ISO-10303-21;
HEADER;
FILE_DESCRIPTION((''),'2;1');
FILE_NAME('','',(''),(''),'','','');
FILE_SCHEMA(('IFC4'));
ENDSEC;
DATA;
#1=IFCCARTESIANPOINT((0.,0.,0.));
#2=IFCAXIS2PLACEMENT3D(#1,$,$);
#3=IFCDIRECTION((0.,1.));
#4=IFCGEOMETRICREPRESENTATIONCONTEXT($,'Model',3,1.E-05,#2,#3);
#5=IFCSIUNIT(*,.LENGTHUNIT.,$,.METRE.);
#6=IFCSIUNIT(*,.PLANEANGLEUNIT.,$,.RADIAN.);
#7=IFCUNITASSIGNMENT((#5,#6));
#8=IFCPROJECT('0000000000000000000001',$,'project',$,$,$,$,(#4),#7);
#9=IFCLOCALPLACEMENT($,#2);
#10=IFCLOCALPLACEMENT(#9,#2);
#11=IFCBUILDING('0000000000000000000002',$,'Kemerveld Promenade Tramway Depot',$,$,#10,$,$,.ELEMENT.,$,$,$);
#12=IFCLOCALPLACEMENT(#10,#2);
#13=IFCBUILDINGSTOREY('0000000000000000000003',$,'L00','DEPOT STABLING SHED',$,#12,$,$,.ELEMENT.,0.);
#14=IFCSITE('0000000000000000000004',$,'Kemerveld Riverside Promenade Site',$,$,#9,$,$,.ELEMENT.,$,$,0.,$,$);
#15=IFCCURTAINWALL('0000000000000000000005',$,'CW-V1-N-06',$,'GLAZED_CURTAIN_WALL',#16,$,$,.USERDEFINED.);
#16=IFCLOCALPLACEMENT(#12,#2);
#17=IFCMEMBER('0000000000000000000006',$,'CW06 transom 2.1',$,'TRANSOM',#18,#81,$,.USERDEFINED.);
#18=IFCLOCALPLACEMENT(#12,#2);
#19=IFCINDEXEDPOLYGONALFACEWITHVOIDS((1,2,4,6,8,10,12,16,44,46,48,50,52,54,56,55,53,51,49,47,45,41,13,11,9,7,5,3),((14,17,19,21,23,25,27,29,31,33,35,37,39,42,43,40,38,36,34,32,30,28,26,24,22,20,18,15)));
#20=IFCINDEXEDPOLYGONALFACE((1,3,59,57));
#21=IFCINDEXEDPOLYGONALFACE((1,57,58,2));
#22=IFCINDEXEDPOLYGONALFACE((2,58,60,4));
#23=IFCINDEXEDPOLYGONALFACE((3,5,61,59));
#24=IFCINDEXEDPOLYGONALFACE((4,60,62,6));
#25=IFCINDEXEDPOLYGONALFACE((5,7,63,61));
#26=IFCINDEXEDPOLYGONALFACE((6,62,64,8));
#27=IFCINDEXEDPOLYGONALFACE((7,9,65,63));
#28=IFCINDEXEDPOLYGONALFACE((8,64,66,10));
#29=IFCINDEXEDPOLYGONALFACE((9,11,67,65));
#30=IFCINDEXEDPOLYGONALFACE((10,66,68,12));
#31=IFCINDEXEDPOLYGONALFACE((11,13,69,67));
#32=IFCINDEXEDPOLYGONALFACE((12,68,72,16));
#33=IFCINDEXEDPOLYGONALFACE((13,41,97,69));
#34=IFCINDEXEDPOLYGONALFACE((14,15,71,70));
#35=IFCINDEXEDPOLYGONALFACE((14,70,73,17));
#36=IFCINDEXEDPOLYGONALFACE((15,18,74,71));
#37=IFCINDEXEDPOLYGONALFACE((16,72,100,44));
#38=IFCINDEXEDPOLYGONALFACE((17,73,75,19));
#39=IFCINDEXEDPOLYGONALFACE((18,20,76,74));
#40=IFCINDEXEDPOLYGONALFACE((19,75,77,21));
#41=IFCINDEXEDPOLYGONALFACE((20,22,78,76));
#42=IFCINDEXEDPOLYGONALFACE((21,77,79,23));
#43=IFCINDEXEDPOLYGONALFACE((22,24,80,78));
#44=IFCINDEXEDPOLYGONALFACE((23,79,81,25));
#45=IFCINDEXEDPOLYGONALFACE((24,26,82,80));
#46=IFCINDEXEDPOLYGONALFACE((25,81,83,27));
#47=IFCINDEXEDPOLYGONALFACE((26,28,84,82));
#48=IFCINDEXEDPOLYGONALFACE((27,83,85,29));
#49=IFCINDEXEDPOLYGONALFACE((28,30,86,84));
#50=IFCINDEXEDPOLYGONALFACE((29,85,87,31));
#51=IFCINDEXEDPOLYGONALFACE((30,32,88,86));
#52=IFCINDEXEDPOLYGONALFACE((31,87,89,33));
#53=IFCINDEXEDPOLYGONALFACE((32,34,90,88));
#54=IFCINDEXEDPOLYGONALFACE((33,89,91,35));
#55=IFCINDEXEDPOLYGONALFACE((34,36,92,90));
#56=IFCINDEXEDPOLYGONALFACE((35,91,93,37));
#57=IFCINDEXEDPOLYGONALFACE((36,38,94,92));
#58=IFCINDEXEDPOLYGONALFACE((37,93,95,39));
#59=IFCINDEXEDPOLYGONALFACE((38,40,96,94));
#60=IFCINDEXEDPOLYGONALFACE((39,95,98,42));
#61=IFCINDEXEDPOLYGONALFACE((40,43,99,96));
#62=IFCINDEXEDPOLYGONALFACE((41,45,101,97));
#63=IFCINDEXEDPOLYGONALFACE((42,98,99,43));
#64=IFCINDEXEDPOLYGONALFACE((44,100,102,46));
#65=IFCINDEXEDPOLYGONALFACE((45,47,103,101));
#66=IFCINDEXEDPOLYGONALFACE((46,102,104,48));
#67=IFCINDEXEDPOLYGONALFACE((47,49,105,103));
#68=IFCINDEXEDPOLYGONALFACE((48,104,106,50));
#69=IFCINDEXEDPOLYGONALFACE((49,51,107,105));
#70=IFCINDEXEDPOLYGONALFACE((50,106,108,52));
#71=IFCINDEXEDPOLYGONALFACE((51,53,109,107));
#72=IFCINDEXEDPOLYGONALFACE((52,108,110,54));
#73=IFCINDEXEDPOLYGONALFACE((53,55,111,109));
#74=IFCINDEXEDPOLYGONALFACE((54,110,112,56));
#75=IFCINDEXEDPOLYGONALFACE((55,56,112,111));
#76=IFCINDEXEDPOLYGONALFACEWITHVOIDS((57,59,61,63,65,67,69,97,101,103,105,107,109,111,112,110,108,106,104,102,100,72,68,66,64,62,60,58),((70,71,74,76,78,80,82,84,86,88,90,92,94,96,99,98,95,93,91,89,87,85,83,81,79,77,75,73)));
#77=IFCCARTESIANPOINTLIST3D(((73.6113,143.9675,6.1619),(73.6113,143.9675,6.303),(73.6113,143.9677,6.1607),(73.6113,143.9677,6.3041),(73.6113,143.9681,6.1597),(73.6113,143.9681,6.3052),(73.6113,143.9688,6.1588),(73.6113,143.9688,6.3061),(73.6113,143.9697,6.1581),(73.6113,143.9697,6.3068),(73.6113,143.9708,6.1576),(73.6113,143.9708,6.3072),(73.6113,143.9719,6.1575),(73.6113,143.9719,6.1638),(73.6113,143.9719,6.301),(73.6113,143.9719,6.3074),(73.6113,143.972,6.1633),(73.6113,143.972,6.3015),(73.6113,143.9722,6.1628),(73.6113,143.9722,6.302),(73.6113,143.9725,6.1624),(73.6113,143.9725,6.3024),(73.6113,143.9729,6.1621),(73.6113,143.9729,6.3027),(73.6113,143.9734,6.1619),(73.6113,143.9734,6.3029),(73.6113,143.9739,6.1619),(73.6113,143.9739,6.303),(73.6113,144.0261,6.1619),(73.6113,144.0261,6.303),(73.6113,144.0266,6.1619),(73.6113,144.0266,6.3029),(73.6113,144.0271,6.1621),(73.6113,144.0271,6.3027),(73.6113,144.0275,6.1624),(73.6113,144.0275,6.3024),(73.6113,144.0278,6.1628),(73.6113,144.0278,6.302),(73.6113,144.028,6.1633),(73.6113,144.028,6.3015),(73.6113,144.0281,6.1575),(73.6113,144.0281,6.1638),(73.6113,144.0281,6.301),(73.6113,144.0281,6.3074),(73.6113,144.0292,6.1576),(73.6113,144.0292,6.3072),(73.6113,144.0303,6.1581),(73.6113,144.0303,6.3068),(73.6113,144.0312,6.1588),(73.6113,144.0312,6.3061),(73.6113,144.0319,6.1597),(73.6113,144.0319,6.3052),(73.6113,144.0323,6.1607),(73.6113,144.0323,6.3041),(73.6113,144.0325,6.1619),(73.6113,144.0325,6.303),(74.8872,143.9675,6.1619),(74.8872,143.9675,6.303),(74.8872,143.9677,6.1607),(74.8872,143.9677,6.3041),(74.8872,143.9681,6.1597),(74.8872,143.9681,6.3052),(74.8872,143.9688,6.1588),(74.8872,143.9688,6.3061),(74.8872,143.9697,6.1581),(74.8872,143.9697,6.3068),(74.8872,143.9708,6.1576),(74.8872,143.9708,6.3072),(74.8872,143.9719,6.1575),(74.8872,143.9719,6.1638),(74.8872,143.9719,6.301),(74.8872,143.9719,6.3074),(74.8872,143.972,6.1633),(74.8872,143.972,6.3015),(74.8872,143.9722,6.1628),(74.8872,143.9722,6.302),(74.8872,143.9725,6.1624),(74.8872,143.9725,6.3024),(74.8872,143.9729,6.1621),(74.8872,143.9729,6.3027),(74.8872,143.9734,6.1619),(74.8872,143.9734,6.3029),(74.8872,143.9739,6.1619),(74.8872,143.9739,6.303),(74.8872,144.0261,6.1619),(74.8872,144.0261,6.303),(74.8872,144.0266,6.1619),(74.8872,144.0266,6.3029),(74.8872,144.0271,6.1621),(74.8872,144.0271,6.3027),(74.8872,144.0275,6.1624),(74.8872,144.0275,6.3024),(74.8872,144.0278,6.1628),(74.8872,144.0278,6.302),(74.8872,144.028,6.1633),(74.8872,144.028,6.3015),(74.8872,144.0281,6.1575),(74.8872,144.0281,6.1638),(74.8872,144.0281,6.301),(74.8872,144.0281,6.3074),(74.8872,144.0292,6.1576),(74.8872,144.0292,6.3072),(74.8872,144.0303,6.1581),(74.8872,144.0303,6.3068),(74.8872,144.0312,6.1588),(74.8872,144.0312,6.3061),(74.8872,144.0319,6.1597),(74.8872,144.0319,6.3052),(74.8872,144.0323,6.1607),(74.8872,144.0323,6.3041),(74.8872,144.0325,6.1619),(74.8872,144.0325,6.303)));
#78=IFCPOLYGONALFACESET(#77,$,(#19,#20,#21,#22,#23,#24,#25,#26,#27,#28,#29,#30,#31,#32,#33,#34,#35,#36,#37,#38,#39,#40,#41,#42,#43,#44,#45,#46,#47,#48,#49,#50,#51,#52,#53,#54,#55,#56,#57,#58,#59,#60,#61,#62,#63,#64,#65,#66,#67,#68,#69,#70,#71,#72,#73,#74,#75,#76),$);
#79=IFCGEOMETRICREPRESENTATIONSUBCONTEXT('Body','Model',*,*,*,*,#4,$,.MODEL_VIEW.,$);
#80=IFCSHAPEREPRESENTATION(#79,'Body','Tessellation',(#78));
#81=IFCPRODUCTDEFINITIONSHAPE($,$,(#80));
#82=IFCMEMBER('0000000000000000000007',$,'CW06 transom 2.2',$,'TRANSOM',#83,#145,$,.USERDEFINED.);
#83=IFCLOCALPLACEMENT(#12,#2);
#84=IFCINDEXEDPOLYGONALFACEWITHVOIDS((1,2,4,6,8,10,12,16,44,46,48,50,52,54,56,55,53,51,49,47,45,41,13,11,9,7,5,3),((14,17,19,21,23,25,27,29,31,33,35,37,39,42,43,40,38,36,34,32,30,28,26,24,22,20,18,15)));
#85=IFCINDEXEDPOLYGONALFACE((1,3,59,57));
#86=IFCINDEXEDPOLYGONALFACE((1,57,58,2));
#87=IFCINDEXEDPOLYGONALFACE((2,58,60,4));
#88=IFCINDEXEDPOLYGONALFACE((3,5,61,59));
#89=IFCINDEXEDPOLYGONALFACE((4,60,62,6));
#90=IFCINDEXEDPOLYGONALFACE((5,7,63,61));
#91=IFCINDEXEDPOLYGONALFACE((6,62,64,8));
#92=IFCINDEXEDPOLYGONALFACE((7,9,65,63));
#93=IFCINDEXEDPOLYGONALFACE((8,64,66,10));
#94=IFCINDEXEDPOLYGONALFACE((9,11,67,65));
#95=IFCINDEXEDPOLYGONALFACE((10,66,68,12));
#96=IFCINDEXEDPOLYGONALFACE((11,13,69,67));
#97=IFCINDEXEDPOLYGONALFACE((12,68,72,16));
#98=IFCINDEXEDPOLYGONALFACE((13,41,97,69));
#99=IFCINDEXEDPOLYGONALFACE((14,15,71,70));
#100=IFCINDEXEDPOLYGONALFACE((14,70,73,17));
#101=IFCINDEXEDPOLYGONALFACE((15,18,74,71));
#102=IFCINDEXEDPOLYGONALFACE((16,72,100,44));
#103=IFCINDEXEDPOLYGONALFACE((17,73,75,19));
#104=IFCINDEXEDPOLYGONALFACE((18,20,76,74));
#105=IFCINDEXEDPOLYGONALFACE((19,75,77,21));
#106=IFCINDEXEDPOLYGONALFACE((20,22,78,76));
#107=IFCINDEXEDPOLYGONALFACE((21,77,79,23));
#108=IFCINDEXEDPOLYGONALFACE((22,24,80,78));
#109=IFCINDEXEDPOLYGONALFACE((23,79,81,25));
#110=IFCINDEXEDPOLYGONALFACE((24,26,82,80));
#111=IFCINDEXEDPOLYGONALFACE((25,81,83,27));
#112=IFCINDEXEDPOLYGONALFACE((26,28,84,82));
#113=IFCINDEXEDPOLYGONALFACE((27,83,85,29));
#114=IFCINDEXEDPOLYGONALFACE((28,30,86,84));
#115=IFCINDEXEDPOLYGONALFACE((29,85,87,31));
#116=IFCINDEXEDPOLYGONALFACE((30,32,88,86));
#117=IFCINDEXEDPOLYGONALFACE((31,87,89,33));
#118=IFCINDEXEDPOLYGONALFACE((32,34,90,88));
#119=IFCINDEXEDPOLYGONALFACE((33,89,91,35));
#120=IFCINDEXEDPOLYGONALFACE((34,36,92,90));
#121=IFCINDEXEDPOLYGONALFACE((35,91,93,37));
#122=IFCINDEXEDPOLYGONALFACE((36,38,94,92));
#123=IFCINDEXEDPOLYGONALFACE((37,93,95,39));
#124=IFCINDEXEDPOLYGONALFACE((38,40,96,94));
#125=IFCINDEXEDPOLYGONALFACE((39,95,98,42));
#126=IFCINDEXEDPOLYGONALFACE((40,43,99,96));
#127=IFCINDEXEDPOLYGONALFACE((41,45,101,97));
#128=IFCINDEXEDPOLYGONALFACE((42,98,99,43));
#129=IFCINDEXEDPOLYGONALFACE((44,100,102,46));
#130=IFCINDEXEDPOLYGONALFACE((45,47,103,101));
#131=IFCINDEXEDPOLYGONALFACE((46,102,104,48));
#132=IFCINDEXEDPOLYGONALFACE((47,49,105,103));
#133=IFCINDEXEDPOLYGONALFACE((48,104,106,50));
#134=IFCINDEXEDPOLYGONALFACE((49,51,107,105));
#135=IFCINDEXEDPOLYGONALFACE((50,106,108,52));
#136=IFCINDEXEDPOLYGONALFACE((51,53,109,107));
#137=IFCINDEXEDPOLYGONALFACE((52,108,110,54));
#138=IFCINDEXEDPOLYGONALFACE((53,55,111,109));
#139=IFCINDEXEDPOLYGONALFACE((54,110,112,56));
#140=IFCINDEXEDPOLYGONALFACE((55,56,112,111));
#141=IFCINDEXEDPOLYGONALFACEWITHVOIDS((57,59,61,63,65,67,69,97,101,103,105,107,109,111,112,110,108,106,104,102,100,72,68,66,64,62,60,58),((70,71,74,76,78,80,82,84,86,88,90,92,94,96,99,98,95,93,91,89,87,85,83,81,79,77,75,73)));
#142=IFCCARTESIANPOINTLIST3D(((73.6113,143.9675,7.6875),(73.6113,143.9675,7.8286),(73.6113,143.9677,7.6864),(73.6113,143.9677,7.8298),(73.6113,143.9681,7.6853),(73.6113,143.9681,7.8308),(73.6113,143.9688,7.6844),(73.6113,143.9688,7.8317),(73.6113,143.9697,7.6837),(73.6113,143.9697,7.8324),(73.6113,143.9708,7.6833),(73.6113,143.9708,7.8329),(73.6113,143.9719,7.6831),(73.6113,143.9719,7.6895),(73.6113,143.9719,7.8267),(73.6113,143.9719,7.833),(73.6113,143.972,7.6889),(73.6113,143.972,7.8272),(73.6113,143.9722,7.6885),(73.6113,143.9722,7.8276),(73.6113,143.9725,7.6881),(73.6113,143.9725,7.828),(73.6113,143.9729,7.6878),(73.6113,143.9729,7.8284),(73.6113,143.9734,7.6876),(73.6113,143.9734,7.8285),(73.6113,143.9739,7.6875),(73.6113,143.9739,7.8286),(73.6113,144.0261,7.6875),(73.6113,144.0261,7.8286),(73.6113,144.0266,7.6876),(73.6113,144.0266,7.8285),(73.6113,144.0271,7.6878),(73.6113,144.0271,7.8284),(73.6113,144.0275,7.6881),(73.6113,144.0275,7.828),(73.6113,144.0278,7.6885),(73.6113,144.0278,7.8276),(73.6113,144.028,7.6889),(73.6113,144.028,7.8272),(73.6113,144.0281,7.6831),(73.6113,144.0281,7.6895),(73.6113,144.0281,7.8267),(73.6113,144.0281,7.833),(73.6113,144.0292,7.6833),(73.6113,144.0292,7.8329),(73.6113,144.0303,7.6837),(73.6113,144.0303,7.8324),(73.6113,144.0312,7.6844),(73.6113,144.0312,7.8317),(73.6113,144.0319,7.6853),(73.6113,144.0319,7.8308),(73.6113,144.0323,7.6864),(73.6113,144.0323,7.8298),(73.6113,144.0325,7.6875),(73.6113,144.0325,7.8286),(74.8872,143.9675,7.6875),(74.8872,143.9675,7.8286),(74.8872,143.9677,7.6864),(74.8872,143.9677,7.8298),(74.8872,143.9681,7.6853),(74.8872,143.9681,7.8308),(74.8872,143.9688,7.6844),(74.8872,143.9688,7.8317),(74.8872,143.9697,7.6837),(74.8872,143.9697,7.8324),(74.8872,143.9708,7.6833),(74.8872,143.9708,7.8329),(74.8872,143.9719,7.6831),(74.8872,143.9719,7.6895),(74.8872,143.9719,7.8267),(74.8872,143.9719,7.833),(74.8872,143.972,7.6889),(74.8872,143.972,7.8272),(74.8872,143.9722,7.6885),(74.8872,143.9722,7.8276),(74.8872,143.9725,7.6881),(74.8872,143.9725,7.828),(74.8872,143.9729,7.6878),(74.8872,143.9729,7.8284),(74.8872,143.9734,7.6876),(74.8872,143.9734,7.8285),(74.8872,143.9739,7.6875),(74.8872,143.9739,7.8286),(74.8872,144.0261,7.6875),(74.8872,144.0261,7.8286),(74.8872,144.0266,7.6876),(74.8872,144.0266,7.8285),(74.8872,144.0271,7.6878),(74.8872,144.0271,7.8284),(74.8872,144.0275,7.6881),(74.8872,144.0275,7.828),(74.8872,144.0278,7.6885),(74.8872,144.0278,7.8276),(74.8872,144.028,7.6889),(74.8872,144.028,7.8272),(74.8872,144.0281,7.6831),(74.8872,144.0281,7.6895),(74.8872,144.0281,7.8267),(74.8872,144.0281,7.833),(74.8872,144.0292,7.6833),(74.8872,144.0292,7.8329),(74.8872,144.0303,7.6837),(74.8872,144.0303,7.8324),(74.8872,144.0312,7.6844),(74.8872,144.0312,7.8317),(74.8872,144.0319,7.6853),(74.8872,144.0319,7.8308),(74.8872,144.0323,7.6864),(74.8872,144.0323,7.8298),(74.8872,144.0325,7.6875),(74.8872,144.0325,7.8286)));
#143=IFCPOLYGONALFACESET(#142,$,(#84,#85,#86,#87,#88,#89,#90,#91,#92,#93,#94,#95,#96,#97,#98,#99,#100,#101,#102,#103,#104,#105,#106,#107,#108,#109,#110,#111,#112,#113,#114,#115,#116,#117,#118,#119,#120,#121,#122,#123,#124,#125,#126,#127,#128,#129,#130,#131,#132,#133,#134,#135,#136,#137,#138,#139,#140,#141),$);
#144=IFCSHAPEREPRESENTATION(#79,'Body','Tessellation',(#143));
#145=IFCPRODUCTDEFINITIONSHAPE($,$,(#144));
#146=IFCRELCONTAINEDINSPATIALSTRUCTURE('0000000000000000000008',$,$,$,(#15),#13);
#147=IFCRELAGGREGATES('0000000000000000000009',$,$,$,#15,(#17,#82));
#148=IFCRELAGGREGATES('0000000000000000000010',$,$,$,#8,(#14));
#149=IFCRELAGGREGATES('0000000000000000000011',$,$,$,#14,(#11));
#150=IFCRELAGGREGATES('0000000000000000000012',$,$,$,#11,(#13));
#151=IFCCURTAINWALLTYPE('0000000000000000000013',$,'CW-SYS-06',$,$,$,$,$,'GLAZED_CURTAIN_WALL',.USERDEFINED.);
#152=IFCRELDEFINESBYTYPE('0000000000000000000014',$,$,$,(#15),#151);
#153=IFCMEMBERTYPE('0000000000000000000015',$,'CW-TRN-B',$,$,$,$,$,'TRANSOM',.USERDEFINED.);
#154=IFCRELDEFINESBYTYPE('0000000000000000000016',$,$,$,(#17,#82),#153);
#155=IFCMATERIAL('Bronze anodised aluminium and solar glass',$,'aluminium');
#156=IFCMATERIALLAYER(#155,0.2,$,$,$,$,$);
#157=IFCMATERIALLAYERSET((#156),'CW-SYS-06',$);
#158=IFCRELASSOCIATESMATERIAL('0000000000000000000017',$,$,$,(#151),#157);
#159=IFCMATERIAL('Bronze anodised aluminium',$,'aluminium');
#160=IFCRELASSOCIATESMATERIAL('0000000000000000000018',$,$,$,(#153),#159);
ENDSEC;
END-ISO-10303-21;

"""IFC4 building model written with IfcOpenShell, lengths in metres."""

from ifc_helpers import new_model, si_unit, direction, frame, origin, origin_2d, place, context, subcontext, project, spatial, hollow_rectangle, extrude, material, layer, layer_set, material_profile, profile_set, type_object, element, aggregate, save


model = new_model("IFC4")

# Units and contexts
model_context = context("Model", 3, precision=1e-05, world=origin(), true_north=direction((0.0, 1.0)))
body_context = subcontext(model_context, "Body", "Model", "MODEL_VIEW")
ifc_project = project(units=[si_unit("LENGTHUNIT", "METRE"), si_unit("PLANEANGLEUNIT", "RADIAN")], contexts=[model_context])

# Site, building, storey
site_placement = place(None, origin())
site = spatial("IfcSite", under=ifc_project, at=site_placement, Name="Kemerveld Riverside Promenade Site", CompositionType="ELEMENT", RefElevation=0.0)
building_placement = place(site_placement, origin())
building = spatial("IfcBuilding", under=site, at=building_placement, Name="Kemerveld Promenade Tramway Depot", CompositionType="ELEMENT")
storey_placement = place(building_placement, origin())
storey = spatial("IfcBuildingStorey", under=building, at=storey_placement, Name="L00", Description="DEPOT STABLING SHED", CompositionType="ELEMENT", Elevation=0.0)

# Curtain wall, members
ifc_material_1 = material(Name="Bronze anodised aluminium and solar glass", Category="aluminium")
ifc_layer_1 = layer(ifc_material_1, 0.2)
ifc_layer_set_1 = layer_set([ifc_layer_1], Name="CW-SYS-06")
curtain_wall_type = type_object("IfcCurtainWallType", Name="CW-SYS-06", ElementType="GLAZED_CURTAIN_WALL", PredefinedType="USERDEFINED", material=ifc_layer_set_1)
curtain_wall_placement = place(storey_placement, origin())
curtain_wall = element("IfcCurtainWall", 1, at=curtain_wall_placement, inside=storey, type_object=curtain_wall_type, Name="CW-V1-N-06", ObjectType="GLAZED_CURTAIN_WALL", PredefinedType="USERDEFINED")
ifc_material_2 = material(Name="Bronze anodised aluminium", Category="aluminium")
ifc_material_profile_1 = material_profile(ifc_material_2, hollow_rectangle(XDim=0.0649, YDim=0.1499, WallThickness=0.0044, InnerFilletRadius=0.002, OuterFilletRadius=0.0044, at=origin_2d()), Name="CW-TRN-150x65")
ifc_profile_set_1 = profile_set([ifc_material_profile_1], Name="Bronze anodised aluminium")
member_type_1 = type_object("IfcMemberType", Name="CW-TRN-B", ElementType="TRANSOM", PredefinedType="USERDEFINED", material=ifc_profile_set_1)
member_1_placement = place(storey_placement, frame((73.6113, 144.0, 6.2324), z_axis=(1.0, 0.0, 0.0), x_axis=(0.0, 1.0, 0.0)))
member_1 = element("IfcMember", 2, at=member_1_placement, type_object=member_type_1, Name="CW06 transom 2.1", ObjectType="TRANSOM", PredefinedType="USERDEFINED", context=body_context, shape_type="SweptSolid", body=[
    extrude(hollow_rectangle(XDim=0.0649, YDim=0.1499, WallThickness=0.0044, InnerFilletRadius=0.002, OuterFilletRadius=0.0044, at=origin_2d()), origin(), (0.0, 0.0, 1.0), 1.2759),
])
member_2_placement = place(storey_placement, frame((73.6113, 144.0, 7.7581), z_axis=(1.0, 0.0, 0.0), x_axis=(0.0, 1.0, 0.0)))
member_2 = element("IfcMember", 3, at=member_2_placement, type_object=member_type_1, Name="CW06 transom 2.2", ObjectType="TRANSOM", PredefinedType="USERDEFINED", context=body_context, shape_type="SweptSolid", body=[
    extrude(hollow_rectangle(XDim=0.0649, YDim=0.1499, WallThickness=0.0044, InnerFilletRadius=0.002, OuterFilletRadius=0.0044, at=origin_2d()), origin(), (0.0, 0.0, 1.0), 1.2759),
])

aggregate(curtain_wall, [member_1, member_2])

save(model, "model.ifc")
